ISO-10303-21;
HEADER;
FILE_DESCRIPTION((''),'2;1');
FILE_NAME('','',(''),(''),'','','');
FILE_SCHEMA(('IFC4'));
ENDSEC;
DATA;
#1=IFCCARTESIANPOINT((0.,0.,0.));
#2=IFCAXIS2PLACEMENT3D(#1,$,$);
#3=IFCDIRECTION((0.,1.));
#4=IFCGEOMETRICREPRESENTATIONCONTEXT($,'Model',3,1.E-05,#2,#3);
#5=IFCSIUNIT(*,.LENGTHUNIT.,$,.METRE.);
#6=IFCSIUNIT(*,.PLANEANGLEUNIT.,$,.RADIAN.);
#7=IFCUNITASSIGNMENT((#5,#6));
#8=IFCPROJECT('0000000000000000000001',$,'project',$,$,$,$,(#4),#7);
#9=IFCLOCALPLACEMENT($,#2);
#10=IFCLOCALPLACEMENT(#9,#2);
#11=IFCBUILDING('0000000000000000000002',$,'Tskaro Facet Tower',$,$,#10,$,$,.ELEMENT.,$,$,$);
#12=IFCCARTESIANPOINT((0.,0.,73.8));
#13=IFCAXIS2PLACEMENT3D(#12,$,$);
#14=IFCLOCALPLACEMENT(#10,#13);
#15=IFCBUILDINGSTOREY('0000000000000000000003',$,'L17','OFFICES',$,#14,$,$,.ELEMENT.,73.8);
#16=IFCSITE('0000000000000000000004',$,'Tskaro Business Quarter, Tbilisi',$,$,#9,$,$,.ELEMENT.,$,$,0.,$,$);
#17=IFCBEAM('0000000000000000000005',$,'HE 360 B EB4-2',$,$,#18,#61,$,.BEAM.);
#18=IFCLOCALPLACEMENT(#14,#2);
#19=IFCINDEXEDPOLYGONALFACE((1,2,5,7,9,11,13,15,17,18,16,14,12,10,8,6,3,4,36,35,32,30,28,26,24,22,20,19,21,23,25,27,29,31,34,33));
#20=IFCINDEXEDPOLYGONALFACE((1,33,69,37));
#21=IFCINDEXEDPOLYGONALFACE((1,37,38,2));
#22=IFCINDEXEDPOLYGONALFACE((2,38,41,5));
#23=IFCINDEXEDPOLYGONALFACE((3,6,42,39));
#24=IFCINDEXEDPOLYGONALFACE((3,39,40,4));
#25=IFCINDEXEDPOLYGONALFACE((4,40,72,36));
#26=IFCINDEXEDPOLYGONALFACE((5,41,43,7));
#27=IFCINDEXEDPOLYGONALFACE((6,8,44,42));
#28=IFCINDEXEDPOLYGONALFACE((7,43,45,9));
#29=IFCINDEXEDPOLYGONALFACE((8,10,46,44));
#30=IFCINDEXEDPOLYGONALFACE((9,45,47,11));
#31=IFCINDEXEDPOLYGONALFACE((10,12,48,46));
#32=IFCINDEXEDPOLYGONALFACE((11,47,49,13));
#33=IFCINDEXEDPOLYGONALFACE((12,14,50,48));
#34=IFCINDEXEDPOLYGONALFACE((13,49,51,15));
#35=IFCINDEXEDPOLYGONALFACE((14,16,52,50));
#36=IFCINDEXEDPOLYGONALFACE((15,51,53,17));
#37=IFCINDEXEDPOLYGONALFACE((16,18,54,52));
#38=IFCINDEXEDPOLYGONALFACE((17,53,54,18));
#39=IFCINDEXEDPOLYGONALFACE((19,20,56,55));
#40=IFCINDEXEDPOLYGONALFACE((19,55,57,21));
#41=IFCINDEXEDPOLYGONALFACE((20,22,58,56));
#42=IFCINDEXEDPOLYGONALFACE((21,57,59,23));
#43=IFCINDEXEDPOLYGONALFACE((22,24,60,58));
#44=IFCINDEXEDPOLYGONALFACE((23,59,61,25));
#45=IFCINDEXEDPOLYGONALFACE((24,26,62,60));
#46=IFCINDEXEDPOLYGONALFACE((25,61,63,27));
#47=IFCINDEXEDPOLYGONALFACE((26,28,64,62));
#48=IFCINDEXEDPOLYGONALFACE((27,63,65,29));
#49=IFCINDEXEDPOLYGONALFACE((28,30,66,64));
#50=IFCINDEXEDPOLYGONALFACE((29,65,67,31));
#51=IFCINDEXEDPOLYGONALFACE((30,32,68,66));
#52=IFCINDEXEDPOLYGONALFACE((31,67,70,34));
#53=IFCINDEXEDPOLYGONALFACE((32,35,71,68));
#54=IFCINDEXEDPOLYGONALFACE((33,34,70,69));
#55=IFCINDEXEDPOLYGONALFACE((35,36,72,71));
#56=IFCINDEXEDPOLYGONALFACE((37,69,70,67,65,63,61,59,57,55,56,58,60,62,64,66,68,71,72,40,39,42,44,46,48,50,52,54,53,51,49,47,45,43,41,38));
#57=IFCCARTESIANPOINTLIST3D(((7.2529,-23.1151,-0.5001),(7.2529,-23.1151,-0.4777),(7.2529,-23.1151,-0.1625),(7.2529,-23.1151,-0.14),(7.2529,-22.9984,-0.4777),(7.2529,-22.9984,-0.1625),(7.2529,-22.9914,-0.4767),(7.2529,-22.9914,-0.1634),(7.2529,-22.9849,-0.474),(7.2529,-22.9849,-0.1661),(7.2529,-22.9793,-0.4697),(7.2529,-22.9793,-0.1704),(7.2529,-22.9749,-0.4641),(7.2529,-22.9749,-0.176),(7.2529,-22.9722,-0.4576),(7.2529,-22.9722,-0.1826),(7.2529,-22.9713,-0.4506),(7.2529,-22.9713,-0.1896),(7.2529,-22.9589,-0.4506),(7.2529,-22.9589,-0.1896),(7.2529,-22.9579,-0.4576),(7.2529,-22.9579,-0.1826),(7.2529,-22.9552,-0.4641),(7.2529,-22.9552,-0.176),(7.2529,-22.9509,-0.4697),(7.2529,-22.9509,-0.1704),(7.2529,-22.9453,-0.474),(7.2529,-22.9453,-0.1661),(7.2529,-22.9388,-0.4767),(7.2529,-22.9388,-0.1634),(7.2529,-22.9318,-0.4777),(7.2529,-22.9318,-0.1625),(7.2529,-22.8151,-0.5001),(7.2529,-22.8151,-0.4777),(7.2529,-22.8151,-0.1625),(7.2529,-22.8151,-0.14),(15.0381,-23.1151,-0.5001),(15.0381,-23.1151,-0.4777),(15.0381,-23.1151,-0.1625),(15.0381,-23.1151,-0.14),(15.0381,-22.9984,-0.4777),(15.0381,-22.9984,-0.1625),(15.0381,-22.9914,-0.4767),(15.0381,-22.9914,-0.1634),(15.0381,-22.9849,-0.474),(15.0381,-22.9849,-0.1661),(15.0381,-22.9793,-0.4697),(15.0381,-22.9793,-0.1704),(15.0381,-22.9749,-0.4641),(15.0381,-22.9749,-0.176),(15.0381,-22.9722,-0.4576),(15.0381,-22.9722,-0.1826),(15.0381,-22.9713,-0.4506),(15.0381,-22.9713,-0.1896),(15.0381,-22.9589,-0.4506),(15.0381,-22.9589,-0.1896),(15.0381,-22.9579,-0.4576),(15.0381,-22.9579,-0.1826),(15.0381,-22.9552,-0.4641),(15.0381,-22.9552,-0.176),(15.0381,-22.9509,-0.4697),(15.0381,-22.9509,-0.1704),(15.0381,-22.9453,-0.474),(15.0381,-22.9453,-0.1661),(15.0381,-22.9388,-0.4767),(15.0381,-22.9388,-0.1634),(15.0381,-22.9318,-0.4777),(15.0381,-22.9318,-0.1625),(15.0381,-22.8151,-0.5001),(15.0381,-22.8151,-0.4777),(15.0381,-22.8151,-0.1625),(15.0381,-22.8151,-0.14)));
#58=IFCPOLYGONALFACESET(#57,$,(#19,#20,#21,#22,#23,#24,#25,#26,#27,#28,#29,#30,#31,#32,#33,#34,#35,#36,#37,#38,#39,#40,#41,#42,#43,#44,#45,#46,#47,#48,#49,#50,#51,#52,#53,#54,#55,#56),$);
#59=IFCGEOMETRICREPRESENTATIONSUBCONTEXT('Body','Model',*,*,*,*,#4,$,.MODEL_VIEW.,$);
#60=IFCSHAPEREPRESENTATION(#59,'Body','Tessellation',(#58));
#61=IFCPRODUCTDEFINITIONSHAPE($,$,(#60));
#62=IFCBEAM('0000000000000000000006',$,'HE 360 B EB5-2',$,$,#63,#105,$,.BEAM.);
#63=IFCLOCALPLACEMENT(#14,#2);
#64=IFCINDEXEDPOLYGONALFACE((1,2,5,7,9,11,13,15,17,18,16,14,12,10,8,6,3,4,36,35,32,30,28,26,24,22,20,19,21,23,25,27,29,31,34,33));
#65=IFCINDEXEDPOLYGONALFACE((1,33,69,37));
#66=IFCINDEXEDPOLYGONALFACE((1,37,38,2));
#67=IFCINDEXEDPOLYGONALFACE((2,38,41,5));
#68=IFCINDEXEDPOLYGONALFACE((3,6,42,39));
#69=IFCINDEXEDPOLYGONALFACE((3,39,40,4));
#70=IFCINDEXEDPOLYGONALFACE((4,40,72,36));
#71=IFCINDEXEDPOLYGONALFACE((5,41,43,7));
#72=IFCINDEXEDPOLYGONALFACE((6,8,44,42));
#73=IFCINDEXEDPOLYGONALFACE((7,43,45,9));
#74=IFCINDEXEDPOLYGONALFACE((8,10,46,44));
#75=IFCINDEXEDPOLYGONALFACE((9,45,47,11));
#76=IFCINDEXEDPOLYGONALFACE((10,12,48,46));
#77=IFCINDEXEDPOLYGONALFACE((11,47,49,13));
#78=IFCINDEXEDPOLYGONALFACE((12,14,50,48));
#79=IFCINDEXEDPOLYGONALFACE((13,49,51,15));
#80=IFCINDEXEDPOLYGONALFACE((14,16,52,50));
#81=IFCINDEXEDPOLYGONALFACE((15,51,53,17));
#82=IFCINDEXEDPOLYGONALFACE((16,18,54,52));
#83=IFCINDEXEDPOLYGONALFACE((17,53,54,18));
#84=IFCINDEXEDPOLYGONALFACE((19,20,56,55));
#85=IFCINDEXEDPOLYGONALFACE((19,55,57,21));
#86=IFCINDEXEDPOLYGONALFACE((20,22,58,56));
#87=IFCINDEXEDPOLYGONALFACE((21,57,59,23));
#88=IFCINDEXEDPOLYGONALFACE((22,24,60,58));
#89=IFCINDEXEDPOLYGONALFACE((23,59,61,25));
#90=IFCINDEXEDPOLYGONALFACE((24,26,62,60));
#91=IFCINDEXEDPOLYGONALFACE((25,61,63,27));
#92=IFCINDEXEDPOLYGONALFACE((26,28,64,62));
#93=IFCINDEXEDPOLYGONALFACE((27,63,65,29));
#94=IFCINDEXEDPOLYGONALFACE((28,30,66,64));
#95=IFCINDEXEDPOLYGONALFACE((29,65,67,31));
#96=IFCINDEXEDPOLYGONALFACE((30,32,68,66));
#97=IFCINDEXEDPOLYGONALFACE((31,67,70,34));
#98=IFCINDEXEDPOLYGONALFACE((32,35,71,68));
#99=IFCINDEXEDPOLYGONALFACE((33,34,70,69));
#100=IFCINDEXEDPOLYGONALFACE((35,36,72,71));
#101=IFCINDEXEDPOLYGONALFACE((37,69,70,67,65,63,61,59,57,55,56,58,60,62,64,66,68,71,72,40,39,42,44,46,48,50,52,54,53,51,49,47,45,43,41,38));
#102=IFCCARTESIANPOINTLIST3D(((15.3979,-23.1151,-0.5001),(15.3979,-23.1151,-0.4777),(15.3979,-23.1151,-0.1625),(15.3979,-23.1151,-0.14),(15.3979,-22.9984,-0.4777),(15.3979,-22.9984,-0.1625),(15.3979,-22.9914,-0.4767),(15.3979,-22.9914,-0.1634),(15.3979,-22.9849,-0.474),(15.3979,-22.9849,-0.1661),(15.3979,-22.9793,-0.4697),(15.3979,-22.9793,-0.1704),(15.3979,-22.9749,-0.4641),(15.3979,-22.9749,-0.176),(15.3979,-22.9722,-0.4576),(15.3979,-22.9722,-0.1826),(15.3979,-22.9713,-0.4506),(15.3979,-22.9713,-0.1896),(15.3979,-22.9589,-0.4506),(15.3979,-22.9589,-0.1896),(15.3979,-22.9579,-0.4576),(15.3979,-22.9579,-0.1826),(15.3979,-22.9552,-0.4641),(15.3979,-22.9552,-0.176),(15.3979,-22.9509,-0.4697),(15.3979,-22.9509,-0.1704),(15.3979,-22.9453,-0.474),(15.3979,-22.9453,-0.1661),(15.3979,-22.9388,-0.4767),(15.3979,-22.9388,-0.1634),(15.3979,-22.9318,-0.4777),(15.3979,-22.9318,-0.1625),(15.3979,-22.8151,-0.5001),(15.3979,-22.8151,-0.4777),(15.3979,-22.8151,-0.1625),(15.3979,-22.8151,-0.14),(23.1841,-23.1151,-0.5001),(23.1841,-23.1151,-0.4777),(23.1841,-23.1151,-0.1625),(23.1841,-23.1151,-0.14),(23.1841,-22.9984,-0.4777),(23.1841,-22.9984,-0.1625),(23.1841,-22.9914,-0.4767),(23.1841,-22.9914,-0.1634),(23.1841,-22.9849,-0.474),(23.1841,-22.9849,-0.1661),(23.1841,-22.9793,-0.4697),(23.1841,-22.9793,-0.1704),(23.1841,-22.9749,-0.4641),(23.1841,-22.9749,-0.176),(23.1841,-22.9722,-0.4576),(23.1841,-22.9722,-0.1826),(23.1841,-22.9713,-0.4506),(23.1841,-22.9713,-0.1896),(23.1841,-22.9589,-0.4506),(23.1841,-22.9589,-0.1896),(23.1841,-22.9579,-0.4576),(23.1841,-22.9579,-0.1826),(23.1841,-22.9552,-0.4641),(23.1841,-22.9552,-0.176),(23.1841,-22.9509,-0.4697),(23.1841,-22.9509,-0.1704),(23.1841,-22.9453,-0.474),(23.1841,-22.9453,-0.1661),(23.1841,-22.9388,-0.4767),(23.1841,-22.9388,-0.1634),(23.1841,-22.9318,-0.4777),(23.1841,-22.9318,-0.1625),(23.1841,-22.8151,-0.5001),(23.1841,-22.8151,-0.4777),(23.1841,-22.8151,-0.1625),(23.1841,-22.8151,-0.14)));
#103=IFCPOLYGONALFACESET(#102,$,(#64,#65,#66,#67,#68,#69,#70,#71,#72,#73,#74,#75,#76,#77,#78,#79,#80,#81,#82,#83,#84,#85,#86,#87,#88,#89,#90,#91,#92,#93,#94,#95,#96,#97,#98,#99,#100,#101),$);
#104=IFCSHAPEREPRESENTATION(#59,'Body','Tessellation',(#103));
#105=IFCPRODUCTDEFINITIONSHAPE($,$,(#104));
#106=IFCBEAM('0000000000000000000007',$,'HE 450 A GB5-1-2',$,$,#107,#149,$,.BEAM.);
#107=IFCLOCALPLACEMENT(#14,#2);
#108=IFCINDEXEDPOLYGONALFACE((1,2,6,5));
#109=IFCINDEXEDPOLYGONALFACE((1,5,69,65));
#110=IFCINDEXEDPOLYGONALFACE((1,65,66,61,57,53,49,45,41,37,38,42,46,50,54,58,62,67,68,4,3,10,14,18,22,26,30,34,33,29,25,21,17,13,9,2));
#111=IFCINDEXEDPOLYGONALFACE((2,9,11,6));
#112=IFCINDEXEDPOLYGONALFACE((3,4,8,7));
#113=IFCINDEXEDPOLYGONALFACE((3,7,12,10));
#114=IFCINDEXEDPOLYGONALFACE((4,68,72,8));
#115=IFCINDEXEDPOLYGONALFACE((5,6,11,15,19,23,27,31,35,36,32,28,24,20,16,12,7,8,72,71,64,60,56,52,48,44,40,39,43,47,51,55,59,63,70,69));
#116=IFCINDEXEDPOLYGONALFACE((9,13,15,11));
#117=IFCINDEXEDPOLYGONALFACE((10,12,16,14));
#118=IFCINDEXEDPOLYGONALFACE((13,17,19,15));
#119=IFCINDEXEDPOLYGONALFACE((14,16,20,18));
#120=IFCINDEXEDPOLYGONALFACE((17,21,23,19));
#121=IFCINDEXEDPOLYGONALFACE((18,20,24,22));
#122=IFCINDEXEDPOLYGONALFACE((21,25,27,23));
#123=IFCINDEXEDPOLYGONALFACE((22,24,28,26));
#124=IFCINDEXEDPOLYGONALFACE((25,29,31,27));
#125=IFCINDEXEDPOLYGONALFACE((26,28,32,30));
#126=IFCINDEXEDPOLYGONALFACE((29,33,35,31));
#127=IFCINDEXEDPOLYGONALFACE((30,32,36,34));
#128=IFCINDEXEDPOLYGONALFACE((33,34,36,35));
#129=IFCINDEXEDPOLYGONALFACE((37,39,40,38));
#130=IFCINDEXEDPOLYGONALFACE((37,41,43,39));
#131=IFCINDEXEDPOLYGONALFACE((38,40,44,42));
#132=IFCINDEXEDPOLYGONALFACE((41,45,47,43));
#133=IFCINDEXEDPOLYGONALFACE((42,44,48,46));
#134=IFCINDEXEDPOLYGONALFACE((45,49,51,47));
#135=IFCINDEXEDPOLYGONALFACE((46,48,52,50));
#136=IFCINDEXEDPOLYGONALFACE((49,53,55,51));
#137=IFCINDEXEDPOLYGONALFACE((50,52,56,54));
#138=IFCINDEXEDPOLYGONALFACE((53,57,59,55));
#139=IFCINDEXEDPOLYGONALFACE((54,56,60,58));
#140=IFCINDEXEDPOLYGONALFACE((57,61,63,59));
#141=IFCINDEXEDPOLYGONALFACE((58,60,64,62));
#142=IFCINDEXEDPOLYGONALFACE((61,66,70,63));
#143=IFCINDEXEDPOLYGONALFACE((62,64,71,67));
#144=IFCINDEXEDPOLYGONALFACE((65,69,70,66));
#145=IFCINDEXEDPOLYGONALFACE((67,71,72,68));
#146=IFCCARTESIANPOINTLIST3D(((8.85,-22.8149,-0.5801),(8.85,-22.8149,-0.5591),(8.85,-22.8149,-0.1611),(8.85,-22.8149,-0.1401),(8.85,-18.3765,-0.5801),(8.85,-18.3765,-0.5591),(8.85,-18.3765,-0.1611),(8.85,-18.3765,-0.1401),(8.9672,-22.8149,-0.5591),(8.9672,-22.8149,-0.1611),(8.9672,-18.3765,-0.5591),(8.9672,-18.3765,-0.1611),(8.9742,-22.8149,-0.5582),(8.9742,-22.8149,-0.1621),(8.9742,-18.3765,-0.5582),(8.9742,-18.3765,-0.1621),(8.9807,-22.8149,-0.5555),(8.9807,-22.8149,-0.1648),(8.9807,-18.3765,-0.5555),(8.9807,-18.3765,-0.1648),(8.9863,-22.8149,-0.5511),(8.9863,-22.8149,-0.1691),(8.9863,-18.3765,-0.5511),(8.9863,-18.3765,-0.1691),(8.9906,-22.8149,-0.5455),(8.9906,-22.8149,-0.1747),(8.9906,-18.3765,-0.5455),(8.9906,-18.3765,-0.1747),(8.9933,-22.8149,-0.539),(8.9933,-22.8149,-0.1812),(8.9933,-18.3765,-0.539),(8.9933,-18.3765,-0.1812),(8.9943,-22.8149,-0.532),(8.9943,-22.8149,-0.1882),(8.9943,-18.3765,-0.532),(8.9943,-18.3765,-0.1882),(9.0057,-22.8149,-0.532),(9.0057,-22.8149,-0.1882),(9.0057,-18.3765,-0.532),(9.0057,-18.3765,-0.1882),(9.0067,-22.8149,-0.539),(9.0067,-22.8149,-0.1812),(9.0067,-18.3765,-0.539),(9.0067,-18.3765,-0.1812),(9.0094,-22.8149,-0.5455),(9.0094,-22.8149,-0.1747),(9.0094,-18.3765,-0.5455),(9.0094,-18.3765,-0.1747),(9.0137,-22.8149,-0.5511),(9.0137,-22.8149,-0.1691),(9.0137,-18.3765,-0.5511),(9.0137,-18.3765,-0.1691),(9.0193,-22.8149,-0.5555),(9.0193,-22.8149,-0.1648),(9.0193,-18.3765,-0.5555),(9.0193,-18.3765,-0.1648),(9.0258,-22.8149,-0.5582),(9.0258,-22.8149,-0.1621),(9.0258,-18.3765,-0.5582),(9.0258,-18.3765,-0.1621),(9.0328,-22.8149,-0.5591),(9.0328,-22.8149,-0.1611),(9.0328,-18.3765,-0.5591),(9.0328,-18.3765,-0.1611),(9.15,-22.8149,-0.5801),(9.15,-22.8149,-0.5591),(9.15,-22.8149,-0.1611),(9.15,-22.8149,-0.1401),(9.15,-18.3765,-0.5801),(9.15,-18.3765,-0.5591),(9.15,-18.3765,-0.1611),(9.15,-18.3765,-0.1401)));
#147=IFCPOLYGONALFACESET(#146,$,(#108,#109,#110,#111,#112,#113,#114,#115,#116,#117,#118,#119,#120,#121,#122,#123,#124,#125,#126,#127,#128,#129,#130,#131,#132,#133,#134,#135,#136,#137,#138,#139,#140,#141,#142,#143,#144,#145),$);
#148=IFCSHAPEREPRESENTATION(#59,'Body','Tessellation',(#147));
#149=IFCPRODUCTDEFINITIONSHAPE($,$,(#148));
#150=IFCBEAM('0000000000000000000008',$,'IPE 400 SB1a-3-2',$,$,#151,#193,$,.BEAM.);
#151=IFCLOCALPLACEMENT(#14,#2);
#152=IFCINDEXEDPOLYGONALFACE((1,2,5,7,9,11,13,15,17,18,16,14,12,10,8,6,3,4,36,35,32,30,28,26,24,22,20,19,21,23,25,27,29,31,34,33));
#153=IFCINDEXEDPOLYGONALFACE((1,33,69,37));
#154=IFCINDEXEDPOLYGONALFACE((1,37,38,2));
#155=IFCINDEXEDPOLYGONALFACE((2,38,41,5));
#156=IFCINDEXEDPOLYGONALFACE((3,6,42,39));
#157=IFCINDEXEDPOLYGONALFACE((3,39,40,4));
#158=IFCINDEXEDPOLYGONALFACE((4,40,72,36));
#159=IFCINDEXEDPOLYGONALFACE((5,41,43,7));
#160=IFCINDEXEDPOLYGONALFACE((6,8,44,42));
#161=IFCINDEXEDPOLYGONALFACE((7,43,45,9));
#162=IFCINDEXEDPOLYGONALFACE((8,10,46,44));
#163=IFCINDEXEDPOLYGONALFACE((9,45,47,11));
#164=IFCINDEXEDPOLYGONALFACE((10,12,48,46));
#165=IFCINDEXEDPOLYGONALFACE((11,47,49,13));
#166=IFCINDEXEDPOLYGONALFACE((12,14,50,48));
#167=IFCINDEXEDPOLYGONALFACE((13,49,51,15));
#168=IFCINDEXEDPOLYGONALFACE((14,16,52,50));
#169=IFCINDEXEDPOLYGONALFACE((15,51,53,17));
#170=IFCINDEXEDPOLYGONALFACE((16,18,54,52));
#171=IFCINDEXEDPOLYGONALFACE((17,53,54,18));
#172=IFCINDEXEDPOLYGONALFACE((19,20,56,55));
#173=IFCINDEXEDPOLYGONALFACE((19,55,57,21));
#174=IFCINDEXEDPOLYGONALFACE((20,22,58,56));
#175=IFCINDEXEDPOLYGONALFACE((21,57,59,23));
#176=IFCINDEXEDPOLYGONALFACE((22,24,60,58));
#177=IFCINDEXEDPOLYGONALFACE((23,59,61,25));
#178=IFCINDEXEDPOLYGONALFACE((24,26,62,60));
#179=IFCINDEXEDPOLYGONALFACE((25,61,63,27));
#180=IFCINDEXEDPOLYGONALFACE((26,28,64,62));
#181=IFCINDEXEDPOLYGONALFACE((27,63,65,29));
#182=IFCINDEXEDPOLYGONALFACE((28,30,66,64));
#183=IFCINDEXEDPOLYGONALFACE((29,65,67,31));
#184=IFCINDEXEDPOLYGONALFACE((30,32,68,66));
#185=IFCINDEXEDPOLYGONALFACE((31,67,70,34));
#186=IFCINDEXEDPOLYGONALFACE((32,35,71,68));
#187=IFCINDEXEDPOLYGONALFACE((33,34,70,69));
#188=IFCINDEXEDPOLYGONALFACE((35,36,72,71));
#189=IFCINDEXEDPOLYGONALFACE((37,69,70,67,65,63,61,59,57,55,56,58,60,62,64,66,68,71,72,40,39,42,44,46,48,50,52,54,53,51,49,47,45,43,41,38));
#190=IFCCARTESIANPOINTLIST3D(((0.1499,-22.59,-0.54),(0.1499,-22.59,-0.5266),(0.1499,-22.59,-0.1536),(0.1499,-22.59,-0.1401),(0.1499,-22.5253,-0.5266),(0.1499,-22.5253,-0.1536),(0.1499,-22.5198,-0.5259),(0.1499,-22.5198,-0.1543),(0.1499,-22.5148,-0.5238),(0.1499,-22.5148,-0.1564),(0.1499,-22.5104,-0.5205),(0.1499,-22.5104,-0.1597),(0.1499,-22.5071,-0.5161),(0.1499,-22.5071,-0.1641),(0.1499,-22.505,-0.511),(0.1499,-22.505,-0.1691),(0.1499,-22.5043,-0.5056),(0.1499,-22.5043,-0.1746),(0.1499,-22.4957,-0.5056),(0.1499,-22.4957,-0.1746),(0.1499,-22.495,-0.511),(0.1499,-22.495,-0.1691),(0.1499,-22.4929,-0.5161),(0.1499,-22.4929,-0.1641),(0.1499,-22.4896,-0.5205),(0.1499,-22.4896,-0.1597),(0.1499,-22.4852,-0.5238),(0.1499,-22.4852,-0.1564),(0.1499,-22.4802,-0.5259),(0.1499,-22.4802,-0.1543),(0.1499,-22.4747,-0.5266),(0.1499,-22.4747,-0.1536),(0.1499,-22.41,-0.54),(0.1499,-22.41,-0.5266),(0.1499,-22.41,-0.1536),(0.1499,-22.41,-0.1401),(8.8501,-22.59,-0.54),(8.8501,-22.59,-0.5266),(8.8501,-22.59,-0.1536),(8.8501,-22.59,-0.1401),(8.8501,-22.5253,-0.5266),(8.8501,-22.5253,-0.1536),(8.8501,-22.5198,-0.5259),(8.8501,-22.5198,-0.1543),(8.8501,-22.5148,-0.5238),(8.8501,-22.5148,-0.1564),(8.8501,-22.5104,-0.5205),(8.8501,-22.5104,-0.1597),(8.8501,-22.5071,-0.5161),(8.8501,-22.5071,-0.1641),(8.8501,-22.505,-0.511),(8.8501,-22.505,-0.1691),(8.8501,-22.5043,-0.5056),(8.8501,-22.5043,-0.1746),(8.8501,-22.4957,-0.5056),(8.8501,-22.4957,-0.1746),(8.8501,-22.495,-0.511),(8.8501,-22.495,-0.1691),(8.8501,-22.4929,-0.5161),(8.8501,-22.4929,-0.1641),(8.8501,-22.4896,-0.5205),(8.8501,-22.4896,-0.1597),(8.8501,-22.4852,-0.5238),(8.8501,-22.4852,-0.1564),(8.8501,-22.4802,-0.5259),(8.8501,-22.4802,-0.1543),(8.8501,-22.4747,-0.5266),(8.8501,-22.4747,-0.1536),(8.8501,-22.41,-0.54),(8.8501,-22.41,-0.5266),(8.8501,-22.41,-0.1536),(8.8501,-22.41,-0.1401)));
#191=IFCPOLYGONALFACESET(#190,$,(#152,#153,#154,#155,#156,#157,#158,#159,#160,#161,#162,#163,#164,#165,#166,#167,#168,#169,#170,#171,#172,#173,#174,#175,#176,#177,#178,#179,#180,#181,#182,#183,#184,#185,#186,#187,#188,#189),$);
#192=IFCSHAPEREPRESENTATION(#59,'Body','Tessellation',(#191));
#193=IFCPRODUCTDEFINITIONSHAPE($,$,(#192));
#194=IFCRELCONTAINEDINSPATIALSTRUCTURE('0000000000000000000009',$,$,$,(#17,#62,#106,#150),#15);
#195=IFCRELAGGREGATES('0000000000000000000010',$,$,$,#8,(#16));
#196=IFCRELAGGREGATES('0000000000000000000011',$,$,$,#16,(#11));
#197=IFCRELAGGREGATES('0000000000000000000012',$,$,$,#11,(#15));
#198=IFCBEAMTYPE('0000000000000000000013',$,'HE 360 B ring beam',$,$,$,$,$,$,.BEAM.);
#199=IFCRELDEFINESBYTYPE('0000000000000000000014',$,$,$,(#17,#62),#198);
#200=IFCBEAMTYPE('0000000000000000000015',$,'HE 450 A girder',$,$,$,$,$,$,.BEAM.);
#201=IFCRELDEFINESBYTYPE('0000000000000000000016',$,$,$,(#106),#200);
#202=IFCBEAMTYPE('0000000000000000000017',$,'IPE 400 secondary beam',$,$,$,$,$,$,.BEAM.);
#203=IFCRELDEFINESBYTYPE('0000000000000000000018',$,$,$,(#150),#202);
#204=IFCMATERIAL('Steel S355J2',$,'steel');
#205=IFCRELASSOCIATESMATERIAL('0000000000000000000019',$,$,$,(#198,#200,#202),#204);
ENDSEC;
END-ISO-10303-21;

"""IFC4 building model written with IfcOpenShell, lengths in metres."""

from ifc_helpers import new_model, si_unit, direction, frame, origin, origin_2d, place, context, subcontext, project, spatial, i_section, extrude, material, material_profile, profile_set, type_object, element, save


model = new_model("IFC4")

# Units and contexts
model_context = context("Model", 3, precision=1e-05, world=origin(), true_north=direction((0.0, 1.0)))
body_context = subcontext(model_context, "Body", "Model", "MODEL_VIEW")
ifc_project = project(units=[si_unit("LENGTHUNIT", "METRE"), si_unit("PLANEANGLEUNIT", "RADIAN")], contexts=[model_context])

# Site, building, storey
site_placement = place(None, origin())
site = spatial("IfcSite", under=ifc_project, at=site_placement, Name="Tskaro Business Quarter, Tbilisi", CompositionType="ELEMENT", RefElevation=0.0)
building_placement = place(site_placement, origin())
building = spatial("IfcBuilding", under=site, at=building_placement, Name="Tskaro Facet Tower", CompositionType="ELEMENT")
storey_placement = place(building_placement, frame((0.0, 0.0, 73.8)))
storey = spatial("IfcBuildingStorey", under=building, at=storey_placement, Name="L17", Description="OFFICES", CompositionType="ELEMENT", Elevation=73.8)

# Beams
ifc_material_1 = material(Name="Steel S355J2", Category="steel")
ifc_material_profile_1 = material_profile(ifc_material_1, i_section(OverallWidth=0.3, OverallDepth=0.3601, WebThickness=0.0125, FlangeThickness=0.0225, FilletRadius=0.0271, at=origin_2d()), Name="HE 360 B")
ifc_profile_set_1 = profile_set([ifc_material_profile_1], Name="Steel S355J2")
beam_type_1 = type_object("IfcBeamType", Name="HE 360 B ring beam", PredefinedType="BEAM", material=ifc_profile_set_1)
beam_1_placement = place(storey_placement, frame((7.2529, -22.9651, -0.3201), z_axis=(1.0, 0.0, 0.0), x_axis=(0.0, 1.0, 0.0)))
element("IfcBeam", 1, at=beam_1_placement, inside=storey, type_object=beam_type_1, Name="HE 360 B EB4-2", PredefinedType="BEAM", context=body_context, shape_type="SweptSolid", body=[
    extrude(i_section(OverallWidth=0.3, OverallDepth=0.3601, WebThickness=0.0125, FlangeThickness=0.0225, FilletRadius=0.0271, at=origin_2d()), origin(), (0.0, 0.0, 1.0), 7.7852),
])
beam_2_placement = place(storey_placement, frame((15.3979, -22.9651, -0.3201), z_axis=(1.0, 0.0, 0.0), x_axis=(0.0, 1.0, 0.0)))
element("IfcBeam", 2, at=beam_2_placement, inside=storey, type_object=beam_type_1, Name="HE 360 B EB5-2", PredefinedType="BEAM", context=body_context, shape_type="SweptSolid", body=[
    extrude(i_section(OverallWidth=0.3, OverallDepth=0.3601, WebThickness=0.0125, FlangeThickness=0.0225, FilletRadius=0.0271, at=origin_2d()), origin(), (0.0, 0.0, 1.0), 7.7861),
])
ifc_material_profile_2 = material_profile(ifc_material_1, i_section(OverallWidth=0.3, OverallDepth=0.4399, WebThickness=0.0115, FlangeThickness=0.021, FilletRadius=0.0271, at=origin_2d()), Name="HE 450 A")
ifc_profile_set_2 = profile_set([ifc_material_profile_2], Name="Steel S355J2")
beam_type_2 = type_object("IfcBeamType", Name="HE 450 A girder", PredefinedType="BEAM", material=ifc_profile_set_2)
beam_3_placement = place(storey_placement, frame((9.0, -22.8149, -0.3601), z_axis=(0.0, 1.0, 0.0), x_axis=(-1.0, 0.0, 0.0)))
element("IfcBeam", 3, at=beam_3_placement, inside=storey, type_object=beam_type_2, Name="HE 450 A GB5-1-2", PredefinedType="BEAM", context=body_context, shape_type="SweptSolid", body=[
    extrude(i_section(OverallWidth=0.3, OverallDepth=0.4399, WebThickness=0.0115, FlangeThickness=0.021, FilletRadius=0.0271, at=origin_2d()), origin(), (0.0, 0.0, 1.0), 4.4385),
])
ifc_material_profile_3 = material_profile(ifc_material_1, i_section(OverallWidth=0.1799, OverallDepth=0.3999, WebThickness=0.0085, FlangeThickness=0.0134, FilletRadius=0.021, at=origin_2d()), Name="IPE 400")
ifc_profile_set_3 = profile_set([ifc_material_profile_3], Name="Steel S355J2")
beam_type_3 = type_object("IfcBeamType", Name="IPE 400 secondary beam", PredefinedType="BEAM", material=ifc_profile_set_3)
for number, where, z_axis, x_axis, name in (
    (4, (0.1499, -22.5, -0.3401), (1.0, 0.0, 0.0), (0.0, 1.0, 0.0), "IPE 400 SB1a-3-2"),
):
    element("IfcBeam", number, at=place(storey_placement, frame(where, z_axis=z_axis, x_axis=x_axis)), inside=storey, type_object=beam_type_3, Name=name, PredefinedType="BEAM", context=body_context, shape_type="SweptSolid", body=[
        extrude(i_section(OverallWidth=0.1799, OverallDepth=0.3999, WebThickness=0.0085, FlangeThickness=0.0134, FilletRadius=0.021, at=origin_2d()), origin(), (0.0, 0.0, 1.0), 8.7002),
    ])

save(model, "model.ifc")
